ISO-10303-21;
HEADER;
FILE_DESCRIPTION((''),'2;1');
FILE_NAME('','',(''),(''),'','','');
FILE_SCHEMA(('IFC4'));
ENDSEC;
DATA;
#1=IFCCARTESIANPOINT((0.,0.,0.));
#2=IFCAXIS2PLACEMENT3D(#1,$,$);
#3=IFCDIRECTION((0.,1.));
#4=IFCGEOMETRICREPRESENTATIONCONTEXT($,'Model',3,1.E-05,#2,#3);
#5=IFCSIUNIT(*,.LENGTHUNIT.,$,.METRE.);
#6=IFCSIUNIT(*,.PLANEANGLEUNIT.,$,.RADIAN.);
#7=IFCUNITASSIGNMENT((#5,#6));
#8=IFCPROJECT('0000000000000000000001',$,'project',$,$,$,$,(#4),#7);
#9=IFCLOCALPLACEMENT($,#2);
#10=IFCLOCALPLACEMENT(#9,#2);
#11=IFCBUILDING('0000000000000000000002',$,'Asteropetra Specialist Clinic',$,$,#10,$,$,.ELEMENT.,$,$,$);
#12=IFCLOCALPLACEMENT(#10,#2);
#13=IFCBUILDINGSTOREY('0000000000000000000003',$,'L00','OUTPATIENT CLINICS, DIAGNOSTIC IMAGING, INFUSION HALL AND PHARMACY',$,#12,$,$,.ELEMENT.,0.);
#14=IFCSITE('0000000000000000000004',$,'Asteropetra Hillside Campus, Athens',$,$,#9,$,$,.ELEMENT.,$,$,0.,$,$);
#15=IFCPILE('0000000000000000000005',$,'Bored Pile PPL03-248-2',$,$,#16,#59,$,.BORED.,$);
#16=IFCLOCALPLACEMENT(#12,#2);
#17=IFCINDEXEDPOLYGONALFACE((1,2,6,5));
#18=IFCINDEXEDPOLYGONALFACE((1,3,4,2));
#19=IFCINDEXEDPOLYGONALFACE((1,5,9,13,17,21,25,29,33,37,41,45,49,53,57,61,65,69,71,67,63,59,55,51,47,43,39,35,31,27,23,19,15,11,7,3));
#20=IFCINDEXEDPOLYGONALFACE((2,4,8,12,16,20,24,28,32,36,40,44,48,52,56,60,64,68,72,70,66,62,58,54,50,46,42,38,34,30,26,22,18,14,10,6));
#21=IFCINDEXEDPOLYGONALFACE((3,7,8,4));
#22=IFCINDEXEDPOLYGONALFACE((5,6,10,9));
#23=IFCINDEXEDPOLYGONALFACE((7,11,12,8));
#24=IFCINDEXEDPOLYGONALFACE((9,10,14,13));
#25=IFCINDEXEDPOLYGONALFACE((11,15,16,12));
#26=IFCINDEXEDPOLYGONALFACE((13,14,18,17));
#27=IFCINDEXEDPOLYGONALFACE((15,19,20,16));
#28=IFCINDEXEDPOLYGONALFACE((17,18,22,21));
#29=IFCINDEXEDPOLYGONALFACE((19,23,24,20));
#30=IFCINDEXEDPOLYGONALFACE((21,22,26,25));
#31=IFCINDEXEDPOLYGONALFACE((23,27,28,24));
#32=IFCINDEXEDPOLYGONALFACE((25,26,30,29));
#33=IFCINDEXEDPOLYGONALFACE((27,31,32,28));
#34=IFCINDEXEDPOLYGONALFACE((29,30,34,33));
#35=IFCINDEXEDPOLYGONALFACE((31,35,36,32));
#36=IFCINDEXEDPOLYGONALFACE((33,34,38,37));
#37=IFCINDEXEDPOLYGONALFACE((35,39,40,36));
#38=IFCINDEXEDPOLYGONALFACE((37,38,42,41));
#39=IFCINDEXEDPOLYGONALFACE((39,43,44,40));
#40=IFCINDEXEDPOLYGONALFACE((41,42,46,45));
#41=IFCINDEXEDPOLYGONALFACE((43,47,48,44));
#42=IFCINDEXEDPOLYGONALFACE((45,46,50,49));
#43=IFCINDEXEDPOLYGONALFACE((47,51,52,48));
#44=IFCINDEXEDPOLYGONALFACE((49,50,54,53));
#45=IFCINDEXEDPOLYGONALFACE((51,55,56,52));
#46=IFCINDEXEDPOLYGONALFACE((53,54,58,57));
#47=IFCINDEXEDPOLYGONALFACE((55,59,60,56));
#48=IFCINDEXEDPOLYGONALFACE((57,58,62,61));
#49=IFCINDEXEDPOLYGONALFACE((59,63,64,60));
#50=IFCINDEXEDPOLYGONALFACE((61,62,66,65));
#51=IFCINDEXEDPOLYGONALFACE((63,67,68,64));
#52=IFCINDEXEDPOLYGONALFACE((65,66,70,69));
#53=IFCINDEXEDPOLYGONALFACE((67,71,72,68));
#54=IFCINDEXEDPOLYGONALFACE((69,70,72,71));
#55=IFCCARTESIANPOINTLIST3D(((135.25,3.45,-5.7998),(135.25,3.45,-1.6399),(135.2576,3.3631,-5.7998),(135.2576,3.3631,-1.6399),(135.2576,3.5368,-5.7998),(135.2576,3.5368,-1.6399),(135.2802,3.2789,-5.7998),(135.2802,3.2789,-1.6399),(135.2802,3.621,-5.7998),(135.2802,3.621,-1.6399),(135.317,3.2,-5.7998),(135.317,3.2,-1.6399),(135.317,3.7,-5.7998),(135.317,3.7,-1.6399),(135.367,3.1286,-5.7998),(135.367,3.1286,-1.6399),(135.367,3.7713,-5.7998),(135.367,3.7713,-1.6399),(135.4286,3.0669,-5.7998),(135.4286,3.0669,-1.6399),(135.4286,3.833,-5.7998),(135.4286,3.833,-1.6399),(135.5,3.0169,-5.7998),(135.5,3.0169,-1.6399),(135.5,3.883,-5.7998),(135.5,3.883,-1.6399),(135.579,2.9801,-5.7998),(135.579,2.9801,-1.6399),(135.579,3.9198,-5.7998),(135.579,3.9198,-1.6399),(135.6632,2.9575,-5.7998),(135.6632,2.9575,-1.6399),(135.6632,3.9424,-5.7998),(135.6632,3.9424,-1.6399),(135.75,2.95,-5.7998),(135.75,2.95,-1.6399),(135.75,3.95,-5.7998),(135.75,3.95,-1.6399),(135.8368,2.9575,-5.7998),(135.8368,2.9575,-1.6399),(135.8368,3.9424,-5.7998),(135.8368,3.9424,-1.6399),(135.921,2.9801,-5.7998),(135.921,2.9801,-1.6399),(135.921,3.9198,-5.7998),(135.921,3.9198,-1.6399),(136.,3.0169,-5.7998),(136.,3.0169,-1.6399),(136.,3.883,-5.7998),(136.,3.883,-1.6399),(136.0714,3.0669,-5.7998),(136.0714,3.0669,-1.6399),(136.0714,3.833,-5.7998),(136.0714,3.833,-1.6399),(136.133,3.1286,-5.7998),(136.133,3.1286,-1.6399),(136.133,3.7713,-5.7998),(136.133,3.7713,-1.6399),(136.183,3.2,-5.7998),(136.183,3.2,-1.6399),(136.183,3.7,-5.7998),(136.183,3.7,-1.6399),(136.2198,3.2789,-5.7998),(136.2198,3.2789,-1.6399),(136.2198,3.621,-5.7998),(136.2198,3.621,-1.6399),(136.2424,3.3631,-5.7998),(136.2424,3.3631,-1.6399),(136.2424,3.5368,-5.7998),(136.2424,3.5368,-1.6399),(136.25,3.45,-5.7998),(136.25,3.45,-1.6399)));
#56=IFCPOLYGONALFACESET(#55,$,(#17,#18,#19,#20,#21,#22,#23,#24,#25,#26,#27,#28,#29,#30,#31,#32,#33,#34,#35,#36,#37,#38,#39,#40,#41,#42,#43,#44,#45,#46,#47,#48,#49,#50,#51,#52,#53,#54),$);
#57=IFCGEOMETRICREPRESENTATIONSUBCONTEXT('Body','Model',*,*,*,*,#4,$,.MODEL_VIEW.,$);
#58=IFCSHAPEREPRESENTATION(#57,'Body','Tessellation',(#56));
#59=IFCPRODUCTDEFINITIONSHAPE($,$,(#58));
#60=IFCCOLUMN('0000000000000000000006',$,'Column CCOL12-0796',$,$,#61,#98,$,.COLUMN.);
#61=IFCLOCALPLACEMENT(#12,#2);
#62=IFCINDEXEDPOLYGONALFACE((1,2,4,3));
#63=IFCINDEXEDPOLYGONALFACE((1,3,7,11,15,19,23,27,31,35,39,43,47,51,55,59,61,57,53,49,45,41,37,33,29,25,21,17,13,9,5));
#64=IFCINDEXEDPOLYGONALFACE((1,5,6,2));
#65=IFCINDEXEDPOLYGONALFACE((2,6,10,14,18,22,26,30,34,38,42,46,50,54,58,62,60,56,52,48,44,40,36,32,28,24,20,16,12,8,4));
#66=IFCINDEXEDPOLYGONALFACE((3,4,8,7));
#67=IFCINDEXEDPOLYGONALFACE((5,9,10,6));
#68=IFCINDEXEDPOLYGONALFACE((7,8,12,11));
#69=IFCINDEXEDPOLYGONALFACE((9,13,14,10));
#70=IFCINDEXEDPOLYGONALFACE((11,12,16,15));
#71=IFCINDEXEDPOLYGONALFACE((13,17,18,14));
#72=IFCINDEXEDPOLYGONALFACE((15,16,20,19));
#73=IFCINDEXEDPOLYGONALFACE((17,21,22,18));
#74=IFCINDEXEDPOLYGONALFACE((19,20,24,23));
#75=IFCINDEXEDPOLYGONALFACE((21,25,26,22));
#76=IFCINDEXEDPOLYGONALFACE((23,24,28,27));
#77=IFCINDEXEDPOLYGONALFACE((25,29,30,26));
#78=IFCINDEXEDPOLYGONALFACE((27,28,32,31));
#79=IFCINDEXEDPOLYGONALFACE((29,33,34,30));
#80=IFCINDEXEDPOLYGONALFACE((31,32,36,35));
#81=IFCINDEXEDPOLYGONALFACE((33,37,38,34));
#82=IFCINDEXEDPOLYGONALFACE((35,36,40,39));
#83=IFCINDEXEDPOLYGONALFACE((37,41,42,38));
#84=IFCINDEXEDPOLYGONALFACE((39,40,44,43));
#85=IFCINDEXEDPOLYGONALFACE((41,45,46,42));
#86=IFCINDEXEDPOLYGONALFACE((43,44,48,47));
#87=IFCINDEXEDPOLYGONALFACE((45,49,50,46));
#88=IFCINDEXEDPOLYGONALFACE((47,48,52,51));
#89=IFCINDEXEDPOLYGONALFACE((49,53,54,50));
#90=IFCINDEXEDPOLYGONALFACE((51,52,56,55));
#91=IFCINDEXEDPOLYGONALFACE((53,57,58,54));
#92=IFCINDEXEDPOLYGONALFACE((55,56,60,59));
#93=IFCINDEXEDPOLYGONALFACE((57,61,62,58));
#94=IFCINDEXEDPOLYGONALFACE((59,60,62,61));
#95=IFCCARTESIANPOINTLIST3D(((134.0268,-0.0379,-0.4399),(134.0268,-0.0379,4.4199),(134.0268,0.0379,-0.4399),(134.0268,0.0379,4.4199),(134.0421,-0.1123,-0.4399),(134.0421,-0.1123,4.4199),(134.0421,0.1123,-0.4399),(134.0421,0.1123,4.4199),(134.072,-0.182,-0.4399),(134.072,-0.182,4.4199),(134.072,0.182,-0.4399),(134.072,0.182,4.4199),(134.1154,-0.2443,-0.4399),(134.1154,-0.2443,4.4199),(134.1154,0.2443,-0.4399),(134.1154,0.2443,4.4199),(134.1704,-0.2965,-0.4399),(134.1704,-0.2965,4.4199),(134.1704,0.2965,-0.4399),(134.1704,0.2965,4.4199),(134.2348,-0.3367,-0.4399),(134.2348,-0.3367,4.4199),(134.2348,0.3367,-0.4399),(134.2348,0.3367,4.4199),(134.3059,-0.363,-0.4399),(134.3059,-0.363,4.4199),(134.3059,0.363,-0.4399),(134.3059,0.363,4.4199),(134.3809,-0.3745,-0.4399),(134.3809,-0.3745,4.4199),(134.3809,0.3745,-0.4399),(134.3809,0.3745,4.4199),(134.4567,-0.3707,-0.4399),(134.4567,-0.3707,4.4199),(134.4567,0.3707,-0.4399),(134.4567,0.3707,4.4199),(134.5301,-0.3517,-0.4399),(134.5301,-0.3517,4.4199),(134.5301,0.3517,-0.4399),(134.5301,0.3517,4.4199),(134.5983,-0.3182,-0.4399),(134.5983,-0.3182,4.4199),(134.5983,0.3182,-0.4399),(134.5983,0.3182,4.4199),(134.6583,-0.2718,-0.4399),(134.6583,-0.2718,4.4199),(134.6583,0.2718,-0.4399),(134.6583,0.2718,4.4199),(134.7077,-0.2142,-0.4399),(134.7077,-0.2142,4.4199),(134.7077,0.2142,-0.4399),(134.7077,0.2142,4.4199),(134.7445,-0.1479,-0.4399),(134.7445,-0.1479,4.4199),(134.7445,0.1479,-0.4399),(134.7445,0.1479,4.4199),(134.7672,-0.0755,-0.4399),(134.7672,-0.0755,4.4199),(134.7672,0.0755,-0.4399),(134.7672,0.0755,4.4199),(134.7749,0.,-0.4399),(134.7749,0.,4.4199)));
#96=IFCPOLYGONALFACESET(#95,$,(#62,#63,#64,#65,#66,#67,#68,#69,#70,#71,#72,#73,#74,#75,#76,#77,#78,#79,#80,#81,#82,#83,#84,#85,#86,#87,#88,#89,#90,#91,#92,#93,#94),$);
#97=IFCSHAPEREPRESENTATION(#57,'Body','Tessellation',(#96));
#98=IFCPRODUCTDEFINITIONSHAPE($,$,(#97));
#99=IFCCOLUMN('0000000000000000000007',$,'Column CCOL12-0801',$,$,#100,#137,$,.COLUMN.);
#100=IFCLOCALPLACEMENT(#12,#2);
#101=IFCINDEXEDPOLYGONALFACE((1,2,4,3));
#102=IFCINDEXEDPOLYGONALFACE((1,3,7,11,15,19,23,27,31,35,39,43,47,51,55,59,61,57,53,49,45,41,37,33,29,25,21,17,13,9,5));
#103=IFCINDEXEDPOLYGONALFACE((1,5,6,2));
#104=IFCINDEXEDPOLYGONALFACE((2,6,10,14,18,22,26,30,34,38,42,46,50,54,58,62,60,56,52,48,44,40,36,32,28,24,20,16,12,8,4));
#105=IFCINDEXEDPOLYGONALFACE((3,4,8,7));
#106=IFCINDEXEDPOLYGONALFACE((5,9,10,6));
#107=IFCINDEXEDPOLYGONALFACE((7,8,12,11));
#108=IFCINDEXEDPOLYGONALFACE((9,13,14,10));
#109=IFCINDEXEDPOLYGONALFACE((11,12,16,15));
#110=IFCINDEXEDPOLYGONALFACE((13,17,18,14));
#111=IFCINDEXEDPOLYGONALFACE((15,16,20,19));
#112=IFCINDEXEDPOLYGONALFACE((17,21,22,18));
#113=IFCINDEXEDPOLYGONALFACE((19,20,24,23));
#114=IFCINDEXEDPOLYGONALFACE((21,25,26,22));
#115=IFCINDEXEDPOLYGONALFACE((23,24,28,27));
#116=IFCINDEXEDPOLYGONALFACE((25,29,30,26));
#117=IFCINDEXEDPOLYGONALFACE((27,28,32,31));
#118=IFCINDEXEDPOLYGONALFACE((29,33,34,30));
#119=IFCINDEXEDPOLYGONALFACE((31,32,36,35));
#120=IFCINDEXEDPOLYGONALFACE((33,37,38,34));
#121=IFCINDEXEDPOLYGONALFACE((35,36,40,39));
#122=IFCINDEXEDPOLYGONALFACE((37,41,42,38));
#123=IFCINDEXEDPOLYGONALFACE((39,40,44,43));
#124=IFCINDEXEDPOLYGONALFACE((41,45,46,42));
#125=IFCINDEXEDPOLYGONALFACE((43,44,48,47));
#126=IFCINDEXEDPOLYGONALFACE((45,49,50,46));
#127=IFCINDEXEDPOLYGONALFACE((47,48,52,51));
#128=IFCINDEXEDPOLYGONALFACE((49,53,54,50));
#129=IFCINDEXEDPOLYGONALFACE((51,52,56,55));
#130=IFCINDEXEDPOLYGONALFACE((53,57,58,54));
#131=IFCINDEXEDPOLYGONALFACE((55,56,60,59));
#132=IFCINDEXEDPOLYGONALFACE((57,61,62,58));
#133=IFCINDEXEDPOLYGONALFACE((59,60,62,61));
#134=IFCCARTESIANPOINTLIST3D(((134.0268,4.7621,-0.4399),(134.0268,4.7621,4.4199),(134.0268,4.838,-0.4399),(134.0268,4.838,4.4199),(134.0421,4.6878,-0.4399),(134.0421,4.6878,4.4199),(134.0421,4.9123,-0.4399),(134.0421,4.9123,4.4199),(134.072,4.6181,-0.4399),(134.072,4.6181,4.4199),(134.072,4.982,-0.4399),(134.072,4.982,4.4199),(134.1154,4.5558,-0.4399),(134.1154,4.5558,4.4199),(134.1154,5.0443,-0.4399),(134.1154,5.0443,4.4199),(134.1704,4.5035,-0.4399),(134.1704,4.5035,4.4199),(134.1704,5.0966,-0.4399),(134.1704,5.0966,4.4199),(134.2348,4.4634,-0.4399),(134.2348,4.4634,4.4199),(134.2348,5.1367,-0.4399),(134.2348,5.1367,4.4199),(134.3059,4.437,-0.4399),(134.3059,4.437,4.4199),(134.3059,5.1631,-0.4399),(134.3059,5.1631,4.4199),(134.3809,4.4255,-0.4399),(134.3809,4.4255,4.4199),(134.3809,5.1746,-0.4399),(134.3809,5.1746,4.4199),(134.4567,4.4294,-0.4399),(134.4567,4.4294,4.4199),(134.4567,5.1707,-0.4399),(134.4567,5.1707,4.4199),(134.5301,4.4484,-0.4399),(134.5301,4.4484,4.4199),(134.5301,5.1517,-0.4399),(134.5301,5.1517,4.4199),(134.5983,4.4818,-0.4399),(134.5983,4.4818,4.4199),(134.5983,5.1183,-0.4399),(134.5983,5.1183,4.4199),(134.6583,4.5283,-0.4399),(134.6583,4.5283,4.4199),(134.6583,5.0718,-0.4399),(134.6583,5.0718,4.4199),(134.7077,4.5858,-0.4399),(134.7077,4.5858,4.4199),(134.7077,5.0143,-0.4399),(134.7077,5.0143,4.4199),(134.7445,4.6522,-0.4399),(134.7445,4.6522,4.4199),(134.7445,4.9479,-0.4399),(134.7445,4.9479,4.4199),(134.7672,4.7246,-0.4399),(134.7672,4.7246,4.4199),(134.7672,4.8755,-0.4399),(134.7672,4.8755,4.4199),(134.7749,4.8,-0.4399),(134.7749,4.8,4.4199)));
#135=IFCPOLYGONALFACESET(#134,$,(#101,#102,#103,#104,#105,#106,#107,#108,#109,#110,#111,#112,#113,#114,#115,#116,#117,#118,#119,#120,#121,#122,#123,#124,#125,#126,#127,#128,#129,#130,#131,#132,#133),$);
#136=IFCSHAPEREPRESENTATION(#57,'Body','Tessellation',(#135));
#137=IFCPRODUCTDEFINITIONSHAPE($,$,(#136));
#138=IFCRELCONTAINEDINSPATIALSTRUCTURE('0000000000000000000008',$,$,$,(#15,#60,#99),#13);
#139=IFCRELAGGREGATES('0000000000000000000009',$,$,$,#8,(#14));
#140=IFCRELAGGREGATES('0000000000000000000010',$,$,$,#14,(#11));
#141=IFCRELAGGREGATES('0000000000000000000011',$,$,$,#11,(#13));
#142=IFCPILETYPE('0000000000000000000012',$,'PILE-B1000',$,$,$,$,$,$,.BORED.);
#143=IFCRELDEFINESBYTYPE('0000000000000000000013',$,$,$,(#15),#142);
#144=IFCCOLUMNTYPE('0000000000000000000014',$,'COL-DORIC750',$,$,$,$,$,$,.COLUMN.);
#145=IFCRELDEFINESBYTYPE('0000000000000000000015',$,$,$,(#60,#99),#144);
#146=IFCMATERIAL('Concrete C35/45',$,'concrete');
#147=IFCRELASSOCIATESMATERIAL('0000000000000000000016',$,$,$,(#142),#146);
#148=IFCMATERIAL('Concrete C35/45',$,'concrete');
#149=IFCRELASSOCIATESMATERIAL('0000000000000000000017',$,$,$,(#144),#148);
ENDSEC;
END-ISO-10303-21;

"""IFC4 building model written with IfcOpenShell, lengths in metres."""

from ifc_helpers import new_model, si_unit, direction, frame, origin, origin_2d, place, context, subcontext, project, spatial, circle, extrude, material, material_profile, profile_set, type_object, element, save


model = new_model("IFC4")

# Units and contexts
model_context = context("Model", 3, precision=1e-05, world=origin(), true_north=direction((0.0, 1.0)))
body_context = subcontext(model_context, "Body", "Model", "MODEL_VIEW")
ifc_project = project(units=[si_unit("LENGTHUNIT", "METRE"), si_unit("PLANEANGLEUNIT", "RADIAN")], contexts=[model_context])

# Site, building, storey
site_placement = place(None, origin())
site = spatial("IfcSite", under=ifc_project, at=site_placement, Name="Asteropetra Hillside Campus, Athens", CompositionType="ELEMENT", RefElevation=0.0)
building_placement = place(site_placement, origin())
building = spatial("IfcBuilding", under=site, at=building_placement, Name="Asteropetra Specialist Clinic", CompositionType="ELEMENT")
storey_placement = place(building_placement, origin())
storey = spatial("IfcBuildingStorey", under=building, at=storey_placement, Name="L00", Description="OUTPATIENT CLINICS, DIAGNOSTIC IMAGING, INFUSION HALL AND PHARMACY", CompositionType="ELEMENT", Elevation=0.0)

# Pile
ifc_material_1 = material(Name="Concrete C35/45", Category="concrete")
ifc_material_profile_1 = material_profile(ifc_material_1, circle(Radius=0.5, at=origin_2d()), Name="PILE D1000")
ifc_profile_set_1 = profile_set([ifc_material_profile_1], Name="Concrete C35/45")
pile_type = type_object("IfcPileType", Name="PILE-B1000", PredefinedType="BORED", material=ifc_profile_set_1)
pile_placement = place(storey_placement, frame((135.75, 3.45, -1.6399), z_axis=(0.0, 0.0, -1.0), x_axis=(1.0, 0.0, 0.0)))
element("IfcPile", 1, at=pile_placement, inside=storey, type_object=pile_type, Name="Bored Pile PPL03-248-2", PredefinedType="BORED", context=body_context, shape_type="SweptSolid", body=[
    extrude(circle(Radius=0.5, at=origin_2d()), origin(), (0.0, 0.0, 1.0), 4.1599),
])

# Columns
ifc_material_2 = material(Name="Concrete C35/45", Category="concrete")
ifc_material_profile_2 = material_profile(ifc_material_2, circle(Radius=0.375, at=origin_2d()), Name="RCC D750")
ifc_profile_set_2 = profile_set([ifc_material_profile_2], Name="Concrete C35/45")
column_type = type_object("IfcColumnType", Name="COL-DORIC750", PredefinedType="COLUMN", material=ifc_profile_set_2)
for number, where, z_axis, x_axis, name in (
    (2, (134.3999, 0.0, -0.4399), (0.0, 0.0, 1.0), (1.0, 0.0, 0.0), "Column CCOL12-0796"),
    (3, (134.3999, 4.8, -0.4399), (0.0, 0.0, 1.0), (1.0, 0.0, 0.0), "Column CCOL12-0801"),
):
    element("IfcColumn", number, at=place(storey_placement, frame(where, z_axis=z_axis, x_axis=x_axis)), inside=storey, type_object=column_type, Name=name, PredefinedType="COLUMN", context=body_context, shape_type="SweptSolid", body=[
        extrude(circle(Radius=0.375, at=origin_2d()), origin(), (0.0, 0.0, 1.0), 4.8599),
    ])

save(model, "model.ifc")
